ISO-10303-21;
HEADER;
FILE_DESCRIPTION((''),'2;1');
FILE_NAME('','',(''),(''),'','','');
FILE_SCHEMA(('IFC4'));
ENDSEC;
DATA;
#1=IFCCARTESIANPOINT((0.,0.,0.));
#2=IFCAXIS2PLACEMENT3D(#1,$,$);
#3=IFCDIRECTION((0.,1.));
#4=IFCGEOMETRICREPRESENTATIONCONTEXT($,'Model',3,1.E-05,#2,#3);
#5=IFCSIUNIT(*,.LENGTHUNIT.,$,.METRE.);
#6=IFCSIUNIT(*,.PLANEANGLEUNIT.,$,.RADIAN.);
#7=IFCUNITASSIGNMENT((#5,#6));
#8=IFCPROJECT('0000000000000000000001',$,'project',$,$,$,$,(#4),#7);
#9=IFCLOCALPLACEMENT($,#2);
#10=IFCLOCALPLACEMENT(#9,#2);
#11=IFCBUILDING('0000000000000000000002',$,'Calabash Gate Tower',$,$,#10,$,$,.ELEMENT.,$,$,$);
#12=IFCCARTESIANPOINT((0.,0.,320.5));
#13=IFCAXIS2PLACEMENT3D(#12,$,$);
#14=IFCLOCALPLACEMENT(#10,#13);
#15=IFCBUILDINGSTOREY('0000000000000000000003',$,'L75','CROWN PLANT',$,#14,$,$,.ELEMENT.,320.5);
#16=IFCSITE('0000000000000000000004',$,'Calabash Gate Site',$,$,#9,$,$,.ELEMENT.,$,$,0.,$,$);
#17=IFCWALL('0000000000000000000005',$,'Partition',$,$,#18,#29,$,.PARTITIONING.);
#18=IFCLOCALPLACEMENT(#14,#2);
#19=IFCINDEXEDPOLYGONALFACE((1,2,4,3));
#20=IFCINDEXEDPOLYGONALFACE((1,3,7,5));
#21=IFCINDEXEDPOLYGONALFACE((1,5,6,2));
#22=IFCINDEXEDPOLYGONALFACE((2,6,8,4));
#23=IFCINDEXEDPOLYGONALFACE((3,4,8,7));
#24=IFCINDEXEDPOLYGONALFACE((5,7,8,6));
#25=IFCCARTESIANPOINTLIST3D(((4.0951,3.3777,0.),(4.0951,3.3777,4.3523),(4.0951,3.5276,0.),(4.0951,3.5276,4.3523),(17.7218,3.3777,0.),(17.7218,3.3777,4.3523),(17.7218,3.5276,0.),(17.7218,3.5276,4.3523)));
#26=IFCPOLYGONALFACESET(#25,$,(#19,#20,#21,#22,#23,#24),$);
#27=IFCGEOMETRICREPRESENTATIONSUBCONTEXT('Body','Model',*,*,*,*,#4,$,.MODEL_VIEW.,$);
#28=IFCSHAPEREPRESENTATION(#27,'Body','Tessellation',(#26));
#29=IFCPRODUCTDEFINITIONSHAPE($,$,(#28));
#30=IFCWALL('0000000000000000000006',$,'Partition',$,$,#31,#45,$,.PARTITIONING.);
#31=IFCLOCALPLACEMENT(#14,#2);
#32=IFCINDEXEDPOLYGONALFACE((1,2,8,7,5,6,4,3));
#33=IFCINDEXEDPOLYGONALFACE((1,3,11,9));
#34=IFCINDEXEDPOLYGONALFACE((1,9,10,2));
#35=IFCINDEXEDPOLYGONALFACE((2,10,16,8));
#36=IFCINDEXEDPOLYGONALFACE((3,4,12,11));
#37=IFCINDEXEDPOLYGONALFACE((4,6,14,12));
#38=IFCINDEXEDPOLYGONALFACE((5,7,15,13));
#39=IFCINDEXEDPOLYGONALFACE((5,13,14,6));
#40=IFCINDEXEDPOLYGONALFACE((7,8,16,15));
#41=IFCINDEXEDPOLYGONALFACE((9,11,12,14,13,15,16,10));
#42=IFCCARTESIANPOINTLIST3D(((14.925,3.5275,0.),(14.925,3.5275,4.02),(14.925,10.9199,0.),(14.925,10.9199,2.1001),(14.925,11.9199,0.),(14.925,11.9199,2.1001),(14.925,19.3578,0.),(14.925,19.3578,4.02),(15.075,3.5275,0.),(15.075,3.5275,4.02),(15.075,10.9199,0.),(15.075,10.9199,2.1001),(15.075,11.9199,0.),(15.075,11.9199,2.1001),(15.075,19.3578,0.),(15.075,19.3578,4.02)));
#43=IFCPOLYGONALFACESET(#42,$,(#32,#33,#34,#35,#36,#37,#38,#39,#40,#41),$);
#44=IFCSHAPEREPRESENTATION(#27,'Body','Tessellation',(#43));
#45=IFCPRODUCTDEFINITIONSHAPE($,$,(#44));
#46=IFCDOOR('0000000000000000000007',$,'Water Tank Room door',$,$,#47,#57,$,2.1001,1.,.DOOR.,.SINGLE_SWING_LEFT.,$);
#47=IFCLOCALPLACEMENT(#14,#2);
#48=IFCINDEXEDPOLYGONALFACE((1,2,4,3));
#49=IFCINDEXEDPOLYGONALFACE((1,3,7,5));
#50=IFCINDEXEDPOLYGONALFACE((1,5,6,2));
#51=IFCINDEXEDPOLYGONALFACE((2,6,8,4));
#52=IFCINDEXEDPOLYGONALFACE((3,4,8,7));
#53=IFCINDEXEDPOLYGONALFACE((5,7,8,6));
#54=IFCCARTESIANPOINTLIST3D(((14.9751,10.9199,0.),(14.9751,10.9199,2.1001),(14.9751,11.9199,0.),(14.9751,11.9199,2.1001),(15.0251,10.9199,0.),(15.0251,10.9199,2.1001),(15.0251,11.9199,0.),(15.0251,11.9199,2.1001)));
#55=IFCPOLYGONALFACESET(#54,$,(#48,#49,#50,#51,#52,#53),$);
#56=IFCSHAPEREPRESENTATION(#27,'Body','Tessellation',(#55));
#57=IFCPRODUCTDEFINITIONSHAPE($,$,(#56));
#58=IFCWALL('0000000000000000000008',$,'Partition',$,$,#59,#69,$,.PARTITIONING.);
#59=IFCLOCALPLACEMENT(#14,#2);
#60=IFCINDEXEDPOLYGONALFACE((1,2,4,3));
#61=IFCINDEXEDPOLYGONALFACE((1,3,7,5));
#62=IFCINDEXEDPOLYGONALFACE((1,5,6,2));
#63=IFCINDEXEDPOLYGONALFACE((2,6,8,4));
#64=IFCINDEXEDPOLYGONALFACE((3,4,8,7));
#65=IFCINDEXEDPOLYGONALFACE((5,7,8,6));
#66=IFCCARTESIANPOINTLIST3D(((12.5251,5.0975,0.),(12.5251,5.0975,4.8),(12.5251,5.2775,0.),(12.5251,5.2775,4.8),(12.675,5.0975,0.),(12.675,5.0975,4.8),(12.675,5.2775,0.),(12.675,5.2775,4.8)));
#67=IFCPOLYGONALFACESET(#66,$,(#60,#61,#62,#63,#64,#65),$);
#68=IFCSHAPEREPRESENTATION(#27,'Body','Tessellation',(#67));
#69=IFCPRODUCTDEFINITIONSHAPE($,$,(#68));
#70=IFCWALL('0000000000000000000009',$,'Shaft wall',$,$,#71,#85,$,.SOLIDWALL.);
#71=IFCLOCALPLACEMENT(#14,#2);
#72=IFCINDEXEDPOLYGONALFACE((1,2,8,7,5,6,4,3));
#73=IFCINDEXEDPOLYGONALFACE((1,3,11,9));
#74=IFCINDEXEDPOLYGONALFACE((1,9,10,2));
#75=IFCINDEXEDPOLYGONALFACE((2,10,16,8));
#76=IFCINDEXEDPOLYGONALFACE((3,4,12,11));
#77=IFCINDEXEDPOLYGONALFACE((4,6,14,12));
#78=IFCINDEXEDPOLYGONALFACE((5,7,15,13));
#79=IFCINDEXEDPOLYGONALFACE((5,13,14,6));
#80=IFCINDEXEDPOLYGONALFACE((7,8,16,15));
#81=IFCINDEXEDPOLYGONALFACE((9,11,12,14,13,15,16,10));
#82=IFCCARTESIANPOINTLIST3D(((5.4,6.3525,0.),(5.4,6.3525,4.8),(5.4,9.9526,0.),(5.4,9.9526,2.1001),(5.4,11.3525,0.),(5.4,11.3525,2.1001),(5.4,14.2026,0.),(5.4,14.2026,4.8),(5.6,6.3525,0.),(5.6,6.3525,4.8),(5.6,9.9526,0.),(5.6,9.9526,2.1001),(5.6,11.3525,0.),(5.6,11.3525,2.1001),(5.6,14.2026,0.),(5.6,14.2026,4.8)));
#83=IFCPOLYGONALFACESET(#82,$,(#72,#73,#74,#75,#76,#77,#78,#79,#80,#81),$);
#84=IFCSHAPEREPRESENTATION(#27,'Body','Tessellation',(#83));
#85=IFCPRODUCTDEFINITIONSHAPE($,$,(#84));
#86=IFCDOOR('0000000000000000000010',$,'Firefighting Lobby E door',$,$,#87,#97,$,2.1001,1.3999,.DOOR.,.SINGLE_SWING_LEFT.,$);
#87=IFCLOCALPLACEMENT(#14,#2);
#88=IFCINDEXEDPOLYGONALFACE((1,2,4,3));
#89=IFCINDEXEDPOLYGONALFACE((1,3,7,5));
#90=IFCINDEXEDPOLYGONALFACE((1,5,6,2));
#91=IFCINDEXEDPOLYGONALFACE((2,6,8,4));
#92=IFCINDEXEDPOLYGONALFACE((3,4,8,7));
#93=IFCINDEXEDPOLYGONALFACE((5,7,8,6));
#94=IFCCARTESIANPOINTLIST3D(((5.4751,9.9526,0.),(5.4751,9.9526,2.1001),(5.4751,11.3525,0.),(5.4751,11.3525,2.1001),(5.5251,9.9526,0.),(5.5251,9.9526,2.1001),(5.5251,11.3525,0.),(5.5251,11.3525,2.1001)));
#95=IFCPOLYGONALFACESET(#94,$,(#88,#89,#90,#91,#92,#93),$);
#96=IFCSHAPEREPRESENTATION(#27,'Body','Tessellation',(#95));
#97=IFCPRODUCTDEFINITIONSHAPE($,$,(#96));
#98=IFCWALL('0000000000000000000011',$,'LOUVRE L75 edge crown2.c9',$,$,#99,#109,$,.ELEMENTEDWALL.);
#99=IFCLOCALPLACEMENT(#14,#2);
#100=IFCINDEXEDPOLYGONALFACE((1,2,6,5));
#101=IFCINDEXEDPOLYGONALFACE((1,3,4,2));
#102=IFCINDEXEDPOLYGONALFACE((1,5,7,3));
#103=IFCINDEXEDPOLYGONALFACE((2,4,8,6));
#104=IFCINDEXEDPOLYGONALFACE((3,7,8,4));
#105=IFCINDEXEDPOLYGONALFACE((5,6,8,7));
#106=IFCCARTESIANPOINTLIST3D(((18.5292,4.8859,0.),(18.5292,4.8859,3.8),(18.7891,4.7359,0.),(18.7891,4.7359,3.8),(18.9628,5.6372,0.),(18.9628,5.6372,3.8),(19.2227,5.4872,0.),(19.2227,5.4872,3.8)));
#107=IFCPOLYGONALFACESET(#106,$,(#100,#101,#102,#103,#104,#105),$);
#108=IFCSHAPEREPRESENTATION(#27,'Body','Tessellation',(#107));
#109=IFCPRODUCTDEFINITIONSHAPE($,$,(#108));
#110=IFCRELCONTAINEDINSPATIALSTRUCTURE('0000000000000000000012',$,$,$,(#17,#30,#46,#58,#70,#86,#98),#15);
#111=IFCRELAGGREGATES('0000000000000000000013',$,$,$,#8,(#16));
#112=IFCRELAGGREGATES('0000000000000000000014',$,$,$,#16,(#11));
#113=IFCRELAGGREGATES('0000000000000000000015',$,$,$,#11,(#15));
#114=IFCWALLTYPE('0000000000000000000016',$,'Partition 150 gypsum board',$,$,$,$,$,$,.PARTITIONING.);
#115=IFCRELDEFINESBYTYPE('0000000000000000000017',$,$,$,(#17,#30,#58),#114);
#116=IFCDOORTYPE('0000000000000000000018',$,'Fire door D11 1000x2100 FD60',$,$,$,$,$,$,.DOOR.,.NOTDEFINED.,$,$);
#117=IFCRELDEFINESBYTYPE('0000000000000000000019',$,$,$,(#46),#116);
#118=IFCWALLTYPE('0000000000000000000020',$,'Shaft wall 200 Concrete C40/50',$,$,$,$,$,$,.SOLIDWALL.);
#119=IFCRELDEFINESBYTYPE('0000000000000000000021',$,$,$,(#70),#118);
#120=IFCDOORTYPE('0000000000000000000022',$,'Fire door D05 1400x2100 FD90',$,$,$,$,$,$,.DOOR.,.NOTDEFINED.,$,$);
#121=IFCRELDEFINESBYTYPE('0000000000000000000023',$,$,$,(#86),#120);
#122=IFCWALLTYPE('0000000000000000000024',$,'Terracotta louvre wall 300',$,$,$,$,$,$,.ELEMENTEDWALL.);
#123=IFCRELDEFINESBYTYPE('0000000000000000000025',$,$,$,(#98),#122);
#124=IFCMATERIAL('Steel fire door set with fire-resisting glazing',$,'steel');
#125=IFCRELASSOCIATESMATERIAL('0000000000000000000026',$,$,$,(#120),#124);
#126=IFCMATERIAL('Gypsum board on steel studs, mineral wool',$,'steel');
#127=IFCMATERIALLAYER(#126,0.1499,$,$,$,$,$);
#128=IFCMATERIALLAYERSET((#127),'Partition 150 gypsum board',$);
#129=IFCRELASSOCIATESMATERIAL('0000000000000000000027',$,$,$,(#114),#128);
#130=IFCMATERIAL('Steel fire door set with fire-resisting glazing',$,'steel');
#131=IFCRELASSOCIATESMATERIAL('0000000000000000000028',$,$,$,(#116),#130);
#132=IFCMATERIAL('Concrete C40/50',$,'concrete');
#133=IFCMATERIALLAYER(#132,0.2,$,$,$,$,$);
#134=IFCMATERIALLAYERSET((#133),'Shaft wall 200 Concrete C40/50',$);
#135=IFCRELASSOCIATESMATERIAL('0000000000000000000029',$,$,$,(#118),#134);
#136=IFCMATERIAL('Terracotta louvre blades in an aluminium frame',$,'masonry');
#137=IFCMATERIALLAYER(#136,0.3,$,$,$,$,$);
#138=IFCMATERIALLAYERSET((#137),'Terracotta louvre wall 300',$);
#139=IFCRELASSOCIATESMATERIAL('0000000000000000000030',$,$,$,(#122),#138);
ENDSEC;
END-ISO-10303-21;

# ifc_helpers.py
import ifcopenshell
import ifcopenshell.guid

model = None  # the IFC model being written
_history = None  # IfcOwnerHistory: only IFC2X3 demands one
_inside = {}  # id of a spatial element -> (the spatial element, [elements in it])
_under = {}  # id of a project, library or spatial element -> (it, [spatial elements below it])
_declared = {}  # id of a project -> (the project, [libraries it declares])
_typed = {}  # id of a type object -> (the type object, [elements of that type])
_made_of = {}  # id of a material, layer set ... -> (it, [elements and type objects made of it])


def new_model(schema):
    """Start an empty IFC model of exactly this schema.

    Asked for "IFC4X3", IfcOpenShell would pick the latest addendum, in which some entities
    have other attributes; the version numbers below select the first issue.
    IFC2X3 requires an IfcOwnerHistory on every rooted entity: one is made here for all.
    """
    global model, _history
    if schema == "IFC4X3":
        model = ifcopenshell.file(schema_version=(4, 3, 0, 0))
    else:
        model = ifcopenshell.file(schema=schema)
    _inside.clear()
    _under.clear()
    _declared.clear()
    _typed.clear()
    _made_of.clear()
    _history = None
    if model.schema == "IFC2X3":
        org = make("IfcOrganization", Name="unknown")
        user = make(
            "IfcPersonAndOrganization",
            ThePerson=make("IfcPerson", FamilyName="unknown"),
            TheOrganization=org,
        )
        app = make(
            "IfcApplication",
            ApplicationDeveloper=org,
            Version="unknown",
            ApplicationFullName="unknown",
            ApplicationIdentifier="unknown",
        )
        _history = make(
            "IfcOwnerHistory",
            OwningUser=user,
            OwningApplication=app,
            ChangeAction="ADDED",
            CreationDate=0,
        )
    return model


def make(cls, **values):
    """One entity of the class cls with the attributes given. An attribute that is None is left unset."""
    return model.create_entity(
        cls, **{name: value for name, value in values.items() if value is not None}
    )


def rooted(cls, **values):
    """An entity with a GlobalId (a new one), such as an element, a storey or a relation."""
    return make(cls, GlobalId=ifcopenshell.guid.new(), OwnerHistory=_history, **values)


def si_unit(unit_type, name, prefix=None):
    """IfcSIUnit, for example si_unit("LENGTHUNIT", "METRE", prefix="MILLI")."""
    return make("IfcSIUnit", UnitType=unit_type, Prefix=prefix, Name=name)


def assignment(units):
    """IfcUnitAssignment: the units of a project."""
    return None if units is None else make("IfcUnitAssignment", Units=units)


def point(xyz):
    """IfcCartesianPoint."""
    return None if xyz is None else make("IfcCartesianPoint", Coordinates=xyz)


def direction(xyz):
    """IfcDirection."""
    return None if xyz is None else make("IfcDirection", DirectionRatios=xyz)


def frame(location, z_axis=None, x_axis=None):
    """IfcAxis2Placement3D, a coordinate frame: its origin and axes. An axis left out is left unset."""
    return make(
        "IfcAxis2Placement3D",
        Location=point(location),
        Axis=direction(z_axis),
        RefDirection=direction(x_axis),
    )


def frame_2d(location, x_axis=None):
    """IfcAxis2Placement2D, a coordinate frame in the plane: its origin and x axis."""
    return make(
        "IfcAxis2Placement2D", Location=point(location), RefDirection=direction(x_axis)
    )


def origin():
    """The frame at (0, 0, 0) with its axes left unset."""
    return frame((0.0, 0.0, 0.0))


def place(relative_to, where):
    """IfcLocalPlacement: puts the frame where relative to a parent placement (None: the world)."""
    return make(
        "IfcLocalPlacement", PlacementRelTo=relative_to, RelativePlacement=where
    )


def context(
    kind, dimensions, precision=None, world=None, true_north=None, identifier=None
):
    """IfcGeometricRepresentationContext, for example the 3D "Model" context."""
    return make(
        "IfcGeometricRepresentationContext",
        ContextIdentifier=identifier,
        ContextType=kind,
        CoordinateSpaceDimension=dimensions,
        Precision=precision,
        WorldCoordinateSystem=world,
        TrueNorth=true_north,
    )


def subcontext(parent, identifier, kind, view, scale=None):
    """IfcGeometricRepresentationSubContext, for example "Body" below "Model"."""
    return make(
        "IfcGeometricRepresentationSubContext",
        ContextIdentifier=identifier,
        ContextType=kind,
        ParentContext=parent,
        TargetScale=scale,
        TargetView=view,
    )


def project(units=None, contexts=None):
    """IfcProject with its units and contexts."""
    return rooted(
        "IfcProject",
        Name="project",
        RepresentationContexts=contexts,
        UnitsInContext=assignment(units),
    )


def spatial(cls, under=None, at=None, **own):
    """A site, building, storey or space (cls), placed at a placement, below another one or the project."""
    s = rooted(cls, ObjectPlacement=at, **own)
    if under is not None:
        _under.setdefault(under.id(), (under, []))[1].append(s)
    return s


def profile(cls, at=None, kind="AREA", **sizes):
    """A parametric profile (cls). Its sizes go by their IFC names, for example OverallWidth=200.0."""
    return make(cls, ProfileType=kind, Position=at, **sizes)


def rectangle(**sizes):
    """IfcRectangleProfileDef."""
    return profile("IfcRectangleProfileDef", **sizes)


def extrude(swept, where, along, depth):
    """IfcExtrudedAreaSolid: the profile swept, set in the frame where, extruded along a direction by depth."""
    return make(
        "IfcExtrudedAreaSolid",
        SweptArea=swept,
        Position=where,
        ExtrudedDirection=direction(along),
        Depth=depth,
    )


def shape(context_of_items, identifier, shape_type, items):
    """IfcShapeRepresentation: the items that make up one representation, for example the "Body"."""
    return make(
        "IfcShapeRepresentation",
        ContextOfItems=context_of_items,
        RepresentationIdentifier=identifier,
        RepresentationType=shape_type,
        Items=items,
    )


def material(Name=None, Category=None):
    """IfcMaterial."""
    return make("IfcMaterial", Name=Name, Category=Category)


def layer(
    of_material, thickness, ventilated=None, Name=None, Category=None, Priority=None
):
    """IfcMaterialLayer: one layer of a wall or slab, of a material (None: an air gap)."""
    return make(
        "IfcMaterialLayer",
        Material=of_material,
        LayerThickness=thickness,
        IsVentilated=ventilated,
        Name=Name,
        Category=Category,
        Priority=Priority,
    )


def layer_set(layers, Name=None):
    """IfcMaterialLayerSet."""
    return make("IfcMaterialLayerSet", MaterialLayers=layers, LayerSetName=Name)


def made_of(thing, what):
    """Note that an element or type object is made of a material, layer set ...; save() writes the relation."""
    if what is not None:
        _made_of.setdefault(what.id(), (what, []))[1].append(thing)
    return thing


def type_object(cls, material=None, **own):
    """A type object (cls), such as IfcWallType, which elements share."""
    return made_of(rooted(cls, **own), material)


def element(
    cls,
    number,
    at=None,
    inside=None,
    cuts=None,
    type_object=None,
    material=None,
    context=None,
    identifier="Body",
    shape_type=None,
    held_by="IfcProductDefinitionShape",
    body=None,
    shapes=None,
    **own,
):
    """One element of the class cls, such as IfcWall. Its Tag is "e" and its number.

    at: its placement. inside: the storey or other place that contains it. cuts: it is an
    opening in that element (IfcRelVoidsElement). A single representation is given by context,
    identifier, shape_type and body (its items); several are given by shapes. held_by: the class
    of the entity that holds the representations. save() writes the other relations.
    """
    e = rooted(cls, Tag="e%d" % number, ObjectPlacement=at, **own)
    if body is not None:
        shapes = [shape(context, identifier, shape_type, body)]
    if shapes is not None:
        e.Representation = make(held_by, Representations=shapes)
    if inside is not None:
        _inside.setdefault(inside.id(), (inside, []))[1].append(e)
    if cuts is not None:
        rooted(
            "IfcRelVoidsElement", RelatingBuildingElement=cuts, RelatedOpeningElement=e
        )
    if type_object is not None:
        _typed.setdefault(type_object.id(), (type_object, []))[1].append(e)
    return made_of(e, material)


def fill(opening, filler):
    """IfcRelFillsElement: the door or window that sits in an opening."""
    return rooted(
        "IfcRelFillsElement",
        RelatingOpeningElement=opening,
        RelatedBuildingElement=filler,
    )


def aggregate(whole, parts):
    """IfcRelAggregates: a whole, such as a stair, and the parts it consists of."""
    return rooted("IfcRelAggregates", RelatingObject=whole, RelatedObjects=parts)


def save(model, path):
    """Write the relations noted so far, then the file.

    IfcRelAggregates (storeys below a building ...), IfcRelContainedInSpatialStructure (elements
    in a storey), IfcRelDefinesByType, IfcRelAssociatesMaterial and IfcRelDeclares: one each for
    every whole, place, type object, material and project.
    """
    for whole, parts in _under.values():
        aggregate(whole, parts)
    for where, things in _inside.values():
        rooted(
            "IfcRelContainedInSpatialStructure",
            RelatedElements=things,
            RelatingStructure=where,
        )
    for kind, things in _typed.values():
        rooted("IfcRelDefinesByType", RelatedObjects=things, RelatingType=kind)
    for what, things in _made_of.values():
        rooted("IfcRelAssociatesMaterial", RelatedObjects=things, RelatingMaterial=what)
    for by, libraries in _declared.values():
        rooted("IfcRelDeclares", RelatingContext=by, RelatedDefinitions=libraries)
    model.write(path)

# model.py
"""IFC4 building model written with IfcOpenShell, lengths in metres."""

from ifc_helpers import new_model, si_unit, direction, frame, frame_2d, origin, place, context, subcontext, project, spatial, rectangle, extrude, material, layer, layer_set, type_object, element, fill, save


model = new_model("IFC4")

# Units and contexts
model_context = context("Model", 3, precision=1e-05, world=origin(), true_north=direction((0.0, 1.0)))
body_context = subcontext(model_context, "Body", "Model", "MODEL_VIEW")
ifc_project = project(units=[si_unit("LENGTHUNIT", "METRE"), si_unit("PLANEANGLEUNIT", "RADIAN")], contexts=[model_context])

# Site, building, storey
site_placement = place(None, origin())
site = spatial("IfcSite", under=ifc_project, at=site_placement, Name="Calabash Gate Site", CompositionType="ELEMENT", RefElevation=0.0)
building_placement = place(site_placement, origin())
building = spatial("IfcBuilding", under=site, at=building_placement, Name="Calabash Gate Tower", CompositionType="ELEMENT")
storey_placement = place(building_placement, frame((0.0, 0.0, 320.5)))
storey = spatial("IfcBuildingStorey", under=building, at=storey_placement, Name="L75", Description="CROWN PLANT", CompositionType="ELEMENT", Elevation=320.5)

# Shared definitions
ifc_material_1 = material(Name="Steel fire door set with fire-resisting glazing", Category="steel")
door_type_1 = type_object("IfcDoorType", Name="Fire door D05 1400x2100 FD90", OperationType="NOTDEFINED", PredefinedType="DOOR", material=ifc_material_1)

# Wall
ifc_material_2 = material(Name="Gypsum board on steel studs, mineral wool", Category="steel")
ifc_layer_1 = layer(ifc_material_2, 0.1499)
ifc_layer_set_1 = layer_set([ifc_layer_1], Name="Partition 150 gypsum board")
wall_type_1 = type_object("IfcWallType", Name="Partition 150 gypsum board", PredefinedType="PARTITIONING", material=ifc_layer_set_1)
wall_1_placement = place(storey_placement, frame((4.095, 3.4526, 0.0), z_axis=(0.0, 0.0, 1.0), x_axis=(1.0, 0.0, 0.0)))
element("IfcWall", 1, at=wall_1_placement, inside=storey, type_object=wall_type_1, Name="Partition", PredefinedType="PARTITIONING", context=body_context, shape_type="SweptSolid", body=[
    extrude(rectangle(XDim=13.6267, YDim=0.1499, at=frame_2d((6.8135, 0.0))), origin(), (0.0, 0.0, 1.0), 4.3523),
])

# Wall, opening, door
wall_2_placement = place(storey_placement, frame((15.0, 3.5276, 0.0), z_axis=(0.0, 0.0, 1.0), x_axis=(0.0, 1.0, 0.0)))
wall_2 = element("IfcWall", 2, at=wall_2_placement, inside=storey, type_object=wall_type_1, Name="Partition", PredefinedType="PARTITIONING", context=body_context, shape_type="SweptSolid", body=[
    extrude(rectangle(XDim=15.8303, YDim=0.1499, at=frame_2d((7.915, 0.0))), origin(), (0.0, 0.0, 1.0), 4.02),
])
opening_1_placement = place(wall_2_placement, frame((7.3923, 0.0, 0.0)))
opening_1 = element("IfcOpeningElement", 3, at=opening_1_placement, cuts=wall_2, PredefinedType="OPENING", context=body_context, shape_type="SweptSolid", body=[
    extrude(rectangle(XDim=1.0, YDim=2.1001, at=frame_2d((0.5, 1.05))), frame((0.0, 0.085, 0.0), z_axis=(0.0, -1.0, 0.0), x_axis=(1.0, 0.0, 0.0)), (0.0, 0.0, 1.0), 0.1699),
])
ifc_material_3 = material(Name="Steel fire door set with fire-resisting glazing", Category="steel")
door_type_2 = type_object("IfcDoorType", Name="Fire door D11 1000x2100 FD60", OperationType="NOTDEFINED", PredefinedType="DOOR", material=ifc_material_3)
door_1_placement = place(opening_1_placement, origin())
door_1 = element("IfcDoor", 4, at=door_1_placement, inside=storey, type_object=door_type_2, Name="Water Tank Room door", OperationType="SINGLE_SWING_LEFT", OverallHeight=2.1001, OverallWidth=1.0, PredefinedType="DOOR", context=body_context, shape_type="SweptSolid", body=[
    extrude(rectangle(XDim=1.0, YDim=2.1001, at=frame_2d((0.5, 1.05))), frame((0.0, 0.0249, 0.0), z_axis=(0.0, -1.0, 0.0), x_axis=(1.0, 0.0, 0.0)), (0.0, 0.0, 1.0), 0.05),
])
fill(opening_1, door_1)

# Wall
wall_3_placement = place(storey_placement, frame((12.6001, 5.0977, 0.0), z_axis=(0.0, 0.0, 1.0), x_axis=(0.0, 1.0, 0.0)))
element("IfcWall", 5, at=wall_3_placement, inside=storey, type_object=wall_type_1, Name="Partition", PredefinedType="PARTITIONING", context=body_context, shape_type="SweptSolid", body=[
    extrude(rectangle(XDim=0.1799, YDim=0.1499, at=frame_2d((0.0898, 0.0))), origin(), (0.0, 0.0, 1.0), 4.8),
])

# Wall, opening, door
ifc_material_4 = material(Name="Concrete C40/50", Category="concrete")
ifc_layer_2 = layer(ifc_material_4, 0.2)
ifc_layer_set_2 = layer_set([ifc_layer_2], Name="Shaft wall 200 Concrete C40/50")
wall_type_2 = type_object("IfcWallType", Name="Shaft wall 200 Concrete C40/50", PredefinedType="SOLIDWALL", material=ifc_layer_set_2)
wall_4_placement = place(storey_placement, frame((5.5, 6.3525, 0.0), z_axis=(0.0, 0.0, 1.0), x_axis=(0.0, 1.0, 0.0)))
wall_4 = element("IfcWall", 6, at=wall_4_placement, inside=storey, type_object=wall_type_2, Name="Shaft wall", PredefinedType="SOLIDWALL", context=body_context, shape_type="SweptSolid", body=[
    extrude(rectangle(XDim=7.8501, YDim=0.2, at=frame_2d((3.925, 0.0))), origin(), (0.0, 0.0, 1.0), 4.8),
])
opening_2_placement = place(wall_4_placement, frame((3.6001, 0.0, 0.0)))
opening_2 = element("IfcOpeningElement", 7, at=opening_2_placement, cuts=wall_4, PredefinedType="OPENING", context=body_context, shape_type="SweptSolid", body=[
    extrude(rectangle(XDim=1.3999, YDim=2.1001, at=frame_2d((0.7, 1.05))), frame((0.0, 0.1099, 0.0), z_axis=(0.0, -1.0, 0.0), x_axis=(1.0, 0.0, 0.0)), (0.0, 0.0, 1.0), 0.22),
])
door_2_placement = place(opening_2_placement, origin())
door_2 = element("IfcDoor", 8, at=door_2_placement, inside=storey, type_object=door_type_1, Name="Firefighting Lobby E door", OperationType="SINGLE_SWING_LEFT", OverallHeight=2.1001, OverallWidth=1.3999, PredefinedType="DOOR", context=body_context, shape_type="SweptSolid", body=[
    extrude(rectangle(XDim=1.3999, YDim=2.1001, at=frame_2d((0.7, 1.05))), frame((0.0, 0.0249, 0.0), z_axis=(0.0, -1.0, 0.0), x_axis=(1.0, 0.0, 0.0)), (0.0, 0.0, 1.0), 0.05),
])
fill(opening_2, door_2)

# Wall
ifc_material_5 = material(Name="Terracotta louvre blades in an aluminium frame", Category="masonry")
ifc_layer_3 = layer(ifc_material_5, 0.3)
ifc_layer_set_3 = layer_set([ifc_layer_3], Name="Terracotta louvre wall 300")
wall_type_3 = type_object("IfcWallType", Name="Terracotta louvre wall 300", PredefinedType="ELEMENTEDWALL", material=ifc_layer_set_3)
wall_5_placement = place(storey_placement, frame((18.6592, 4.811, 0.0), z_axis=(0.0, 0.0, 1.0), x_axis=(0.499893, 0.866087, 0.0)))
element("IfcWall", 9, at=wall_5_placement, inside=storey, type_object=wall_type_3, Name="LOUVRE L75 edge crown2.c9", PredefinedType="ELEMENTEDWALL", context=body_context, shape_type="SweptSolid", body=[
    extrude(rectangle(XDim=0.8674, YDim=0.3, at=frame_2d((0.4336, 0.0))), origin(), (0.0, 0.0, 1.0), 3.8),
])

save(model, "model.ifc")
